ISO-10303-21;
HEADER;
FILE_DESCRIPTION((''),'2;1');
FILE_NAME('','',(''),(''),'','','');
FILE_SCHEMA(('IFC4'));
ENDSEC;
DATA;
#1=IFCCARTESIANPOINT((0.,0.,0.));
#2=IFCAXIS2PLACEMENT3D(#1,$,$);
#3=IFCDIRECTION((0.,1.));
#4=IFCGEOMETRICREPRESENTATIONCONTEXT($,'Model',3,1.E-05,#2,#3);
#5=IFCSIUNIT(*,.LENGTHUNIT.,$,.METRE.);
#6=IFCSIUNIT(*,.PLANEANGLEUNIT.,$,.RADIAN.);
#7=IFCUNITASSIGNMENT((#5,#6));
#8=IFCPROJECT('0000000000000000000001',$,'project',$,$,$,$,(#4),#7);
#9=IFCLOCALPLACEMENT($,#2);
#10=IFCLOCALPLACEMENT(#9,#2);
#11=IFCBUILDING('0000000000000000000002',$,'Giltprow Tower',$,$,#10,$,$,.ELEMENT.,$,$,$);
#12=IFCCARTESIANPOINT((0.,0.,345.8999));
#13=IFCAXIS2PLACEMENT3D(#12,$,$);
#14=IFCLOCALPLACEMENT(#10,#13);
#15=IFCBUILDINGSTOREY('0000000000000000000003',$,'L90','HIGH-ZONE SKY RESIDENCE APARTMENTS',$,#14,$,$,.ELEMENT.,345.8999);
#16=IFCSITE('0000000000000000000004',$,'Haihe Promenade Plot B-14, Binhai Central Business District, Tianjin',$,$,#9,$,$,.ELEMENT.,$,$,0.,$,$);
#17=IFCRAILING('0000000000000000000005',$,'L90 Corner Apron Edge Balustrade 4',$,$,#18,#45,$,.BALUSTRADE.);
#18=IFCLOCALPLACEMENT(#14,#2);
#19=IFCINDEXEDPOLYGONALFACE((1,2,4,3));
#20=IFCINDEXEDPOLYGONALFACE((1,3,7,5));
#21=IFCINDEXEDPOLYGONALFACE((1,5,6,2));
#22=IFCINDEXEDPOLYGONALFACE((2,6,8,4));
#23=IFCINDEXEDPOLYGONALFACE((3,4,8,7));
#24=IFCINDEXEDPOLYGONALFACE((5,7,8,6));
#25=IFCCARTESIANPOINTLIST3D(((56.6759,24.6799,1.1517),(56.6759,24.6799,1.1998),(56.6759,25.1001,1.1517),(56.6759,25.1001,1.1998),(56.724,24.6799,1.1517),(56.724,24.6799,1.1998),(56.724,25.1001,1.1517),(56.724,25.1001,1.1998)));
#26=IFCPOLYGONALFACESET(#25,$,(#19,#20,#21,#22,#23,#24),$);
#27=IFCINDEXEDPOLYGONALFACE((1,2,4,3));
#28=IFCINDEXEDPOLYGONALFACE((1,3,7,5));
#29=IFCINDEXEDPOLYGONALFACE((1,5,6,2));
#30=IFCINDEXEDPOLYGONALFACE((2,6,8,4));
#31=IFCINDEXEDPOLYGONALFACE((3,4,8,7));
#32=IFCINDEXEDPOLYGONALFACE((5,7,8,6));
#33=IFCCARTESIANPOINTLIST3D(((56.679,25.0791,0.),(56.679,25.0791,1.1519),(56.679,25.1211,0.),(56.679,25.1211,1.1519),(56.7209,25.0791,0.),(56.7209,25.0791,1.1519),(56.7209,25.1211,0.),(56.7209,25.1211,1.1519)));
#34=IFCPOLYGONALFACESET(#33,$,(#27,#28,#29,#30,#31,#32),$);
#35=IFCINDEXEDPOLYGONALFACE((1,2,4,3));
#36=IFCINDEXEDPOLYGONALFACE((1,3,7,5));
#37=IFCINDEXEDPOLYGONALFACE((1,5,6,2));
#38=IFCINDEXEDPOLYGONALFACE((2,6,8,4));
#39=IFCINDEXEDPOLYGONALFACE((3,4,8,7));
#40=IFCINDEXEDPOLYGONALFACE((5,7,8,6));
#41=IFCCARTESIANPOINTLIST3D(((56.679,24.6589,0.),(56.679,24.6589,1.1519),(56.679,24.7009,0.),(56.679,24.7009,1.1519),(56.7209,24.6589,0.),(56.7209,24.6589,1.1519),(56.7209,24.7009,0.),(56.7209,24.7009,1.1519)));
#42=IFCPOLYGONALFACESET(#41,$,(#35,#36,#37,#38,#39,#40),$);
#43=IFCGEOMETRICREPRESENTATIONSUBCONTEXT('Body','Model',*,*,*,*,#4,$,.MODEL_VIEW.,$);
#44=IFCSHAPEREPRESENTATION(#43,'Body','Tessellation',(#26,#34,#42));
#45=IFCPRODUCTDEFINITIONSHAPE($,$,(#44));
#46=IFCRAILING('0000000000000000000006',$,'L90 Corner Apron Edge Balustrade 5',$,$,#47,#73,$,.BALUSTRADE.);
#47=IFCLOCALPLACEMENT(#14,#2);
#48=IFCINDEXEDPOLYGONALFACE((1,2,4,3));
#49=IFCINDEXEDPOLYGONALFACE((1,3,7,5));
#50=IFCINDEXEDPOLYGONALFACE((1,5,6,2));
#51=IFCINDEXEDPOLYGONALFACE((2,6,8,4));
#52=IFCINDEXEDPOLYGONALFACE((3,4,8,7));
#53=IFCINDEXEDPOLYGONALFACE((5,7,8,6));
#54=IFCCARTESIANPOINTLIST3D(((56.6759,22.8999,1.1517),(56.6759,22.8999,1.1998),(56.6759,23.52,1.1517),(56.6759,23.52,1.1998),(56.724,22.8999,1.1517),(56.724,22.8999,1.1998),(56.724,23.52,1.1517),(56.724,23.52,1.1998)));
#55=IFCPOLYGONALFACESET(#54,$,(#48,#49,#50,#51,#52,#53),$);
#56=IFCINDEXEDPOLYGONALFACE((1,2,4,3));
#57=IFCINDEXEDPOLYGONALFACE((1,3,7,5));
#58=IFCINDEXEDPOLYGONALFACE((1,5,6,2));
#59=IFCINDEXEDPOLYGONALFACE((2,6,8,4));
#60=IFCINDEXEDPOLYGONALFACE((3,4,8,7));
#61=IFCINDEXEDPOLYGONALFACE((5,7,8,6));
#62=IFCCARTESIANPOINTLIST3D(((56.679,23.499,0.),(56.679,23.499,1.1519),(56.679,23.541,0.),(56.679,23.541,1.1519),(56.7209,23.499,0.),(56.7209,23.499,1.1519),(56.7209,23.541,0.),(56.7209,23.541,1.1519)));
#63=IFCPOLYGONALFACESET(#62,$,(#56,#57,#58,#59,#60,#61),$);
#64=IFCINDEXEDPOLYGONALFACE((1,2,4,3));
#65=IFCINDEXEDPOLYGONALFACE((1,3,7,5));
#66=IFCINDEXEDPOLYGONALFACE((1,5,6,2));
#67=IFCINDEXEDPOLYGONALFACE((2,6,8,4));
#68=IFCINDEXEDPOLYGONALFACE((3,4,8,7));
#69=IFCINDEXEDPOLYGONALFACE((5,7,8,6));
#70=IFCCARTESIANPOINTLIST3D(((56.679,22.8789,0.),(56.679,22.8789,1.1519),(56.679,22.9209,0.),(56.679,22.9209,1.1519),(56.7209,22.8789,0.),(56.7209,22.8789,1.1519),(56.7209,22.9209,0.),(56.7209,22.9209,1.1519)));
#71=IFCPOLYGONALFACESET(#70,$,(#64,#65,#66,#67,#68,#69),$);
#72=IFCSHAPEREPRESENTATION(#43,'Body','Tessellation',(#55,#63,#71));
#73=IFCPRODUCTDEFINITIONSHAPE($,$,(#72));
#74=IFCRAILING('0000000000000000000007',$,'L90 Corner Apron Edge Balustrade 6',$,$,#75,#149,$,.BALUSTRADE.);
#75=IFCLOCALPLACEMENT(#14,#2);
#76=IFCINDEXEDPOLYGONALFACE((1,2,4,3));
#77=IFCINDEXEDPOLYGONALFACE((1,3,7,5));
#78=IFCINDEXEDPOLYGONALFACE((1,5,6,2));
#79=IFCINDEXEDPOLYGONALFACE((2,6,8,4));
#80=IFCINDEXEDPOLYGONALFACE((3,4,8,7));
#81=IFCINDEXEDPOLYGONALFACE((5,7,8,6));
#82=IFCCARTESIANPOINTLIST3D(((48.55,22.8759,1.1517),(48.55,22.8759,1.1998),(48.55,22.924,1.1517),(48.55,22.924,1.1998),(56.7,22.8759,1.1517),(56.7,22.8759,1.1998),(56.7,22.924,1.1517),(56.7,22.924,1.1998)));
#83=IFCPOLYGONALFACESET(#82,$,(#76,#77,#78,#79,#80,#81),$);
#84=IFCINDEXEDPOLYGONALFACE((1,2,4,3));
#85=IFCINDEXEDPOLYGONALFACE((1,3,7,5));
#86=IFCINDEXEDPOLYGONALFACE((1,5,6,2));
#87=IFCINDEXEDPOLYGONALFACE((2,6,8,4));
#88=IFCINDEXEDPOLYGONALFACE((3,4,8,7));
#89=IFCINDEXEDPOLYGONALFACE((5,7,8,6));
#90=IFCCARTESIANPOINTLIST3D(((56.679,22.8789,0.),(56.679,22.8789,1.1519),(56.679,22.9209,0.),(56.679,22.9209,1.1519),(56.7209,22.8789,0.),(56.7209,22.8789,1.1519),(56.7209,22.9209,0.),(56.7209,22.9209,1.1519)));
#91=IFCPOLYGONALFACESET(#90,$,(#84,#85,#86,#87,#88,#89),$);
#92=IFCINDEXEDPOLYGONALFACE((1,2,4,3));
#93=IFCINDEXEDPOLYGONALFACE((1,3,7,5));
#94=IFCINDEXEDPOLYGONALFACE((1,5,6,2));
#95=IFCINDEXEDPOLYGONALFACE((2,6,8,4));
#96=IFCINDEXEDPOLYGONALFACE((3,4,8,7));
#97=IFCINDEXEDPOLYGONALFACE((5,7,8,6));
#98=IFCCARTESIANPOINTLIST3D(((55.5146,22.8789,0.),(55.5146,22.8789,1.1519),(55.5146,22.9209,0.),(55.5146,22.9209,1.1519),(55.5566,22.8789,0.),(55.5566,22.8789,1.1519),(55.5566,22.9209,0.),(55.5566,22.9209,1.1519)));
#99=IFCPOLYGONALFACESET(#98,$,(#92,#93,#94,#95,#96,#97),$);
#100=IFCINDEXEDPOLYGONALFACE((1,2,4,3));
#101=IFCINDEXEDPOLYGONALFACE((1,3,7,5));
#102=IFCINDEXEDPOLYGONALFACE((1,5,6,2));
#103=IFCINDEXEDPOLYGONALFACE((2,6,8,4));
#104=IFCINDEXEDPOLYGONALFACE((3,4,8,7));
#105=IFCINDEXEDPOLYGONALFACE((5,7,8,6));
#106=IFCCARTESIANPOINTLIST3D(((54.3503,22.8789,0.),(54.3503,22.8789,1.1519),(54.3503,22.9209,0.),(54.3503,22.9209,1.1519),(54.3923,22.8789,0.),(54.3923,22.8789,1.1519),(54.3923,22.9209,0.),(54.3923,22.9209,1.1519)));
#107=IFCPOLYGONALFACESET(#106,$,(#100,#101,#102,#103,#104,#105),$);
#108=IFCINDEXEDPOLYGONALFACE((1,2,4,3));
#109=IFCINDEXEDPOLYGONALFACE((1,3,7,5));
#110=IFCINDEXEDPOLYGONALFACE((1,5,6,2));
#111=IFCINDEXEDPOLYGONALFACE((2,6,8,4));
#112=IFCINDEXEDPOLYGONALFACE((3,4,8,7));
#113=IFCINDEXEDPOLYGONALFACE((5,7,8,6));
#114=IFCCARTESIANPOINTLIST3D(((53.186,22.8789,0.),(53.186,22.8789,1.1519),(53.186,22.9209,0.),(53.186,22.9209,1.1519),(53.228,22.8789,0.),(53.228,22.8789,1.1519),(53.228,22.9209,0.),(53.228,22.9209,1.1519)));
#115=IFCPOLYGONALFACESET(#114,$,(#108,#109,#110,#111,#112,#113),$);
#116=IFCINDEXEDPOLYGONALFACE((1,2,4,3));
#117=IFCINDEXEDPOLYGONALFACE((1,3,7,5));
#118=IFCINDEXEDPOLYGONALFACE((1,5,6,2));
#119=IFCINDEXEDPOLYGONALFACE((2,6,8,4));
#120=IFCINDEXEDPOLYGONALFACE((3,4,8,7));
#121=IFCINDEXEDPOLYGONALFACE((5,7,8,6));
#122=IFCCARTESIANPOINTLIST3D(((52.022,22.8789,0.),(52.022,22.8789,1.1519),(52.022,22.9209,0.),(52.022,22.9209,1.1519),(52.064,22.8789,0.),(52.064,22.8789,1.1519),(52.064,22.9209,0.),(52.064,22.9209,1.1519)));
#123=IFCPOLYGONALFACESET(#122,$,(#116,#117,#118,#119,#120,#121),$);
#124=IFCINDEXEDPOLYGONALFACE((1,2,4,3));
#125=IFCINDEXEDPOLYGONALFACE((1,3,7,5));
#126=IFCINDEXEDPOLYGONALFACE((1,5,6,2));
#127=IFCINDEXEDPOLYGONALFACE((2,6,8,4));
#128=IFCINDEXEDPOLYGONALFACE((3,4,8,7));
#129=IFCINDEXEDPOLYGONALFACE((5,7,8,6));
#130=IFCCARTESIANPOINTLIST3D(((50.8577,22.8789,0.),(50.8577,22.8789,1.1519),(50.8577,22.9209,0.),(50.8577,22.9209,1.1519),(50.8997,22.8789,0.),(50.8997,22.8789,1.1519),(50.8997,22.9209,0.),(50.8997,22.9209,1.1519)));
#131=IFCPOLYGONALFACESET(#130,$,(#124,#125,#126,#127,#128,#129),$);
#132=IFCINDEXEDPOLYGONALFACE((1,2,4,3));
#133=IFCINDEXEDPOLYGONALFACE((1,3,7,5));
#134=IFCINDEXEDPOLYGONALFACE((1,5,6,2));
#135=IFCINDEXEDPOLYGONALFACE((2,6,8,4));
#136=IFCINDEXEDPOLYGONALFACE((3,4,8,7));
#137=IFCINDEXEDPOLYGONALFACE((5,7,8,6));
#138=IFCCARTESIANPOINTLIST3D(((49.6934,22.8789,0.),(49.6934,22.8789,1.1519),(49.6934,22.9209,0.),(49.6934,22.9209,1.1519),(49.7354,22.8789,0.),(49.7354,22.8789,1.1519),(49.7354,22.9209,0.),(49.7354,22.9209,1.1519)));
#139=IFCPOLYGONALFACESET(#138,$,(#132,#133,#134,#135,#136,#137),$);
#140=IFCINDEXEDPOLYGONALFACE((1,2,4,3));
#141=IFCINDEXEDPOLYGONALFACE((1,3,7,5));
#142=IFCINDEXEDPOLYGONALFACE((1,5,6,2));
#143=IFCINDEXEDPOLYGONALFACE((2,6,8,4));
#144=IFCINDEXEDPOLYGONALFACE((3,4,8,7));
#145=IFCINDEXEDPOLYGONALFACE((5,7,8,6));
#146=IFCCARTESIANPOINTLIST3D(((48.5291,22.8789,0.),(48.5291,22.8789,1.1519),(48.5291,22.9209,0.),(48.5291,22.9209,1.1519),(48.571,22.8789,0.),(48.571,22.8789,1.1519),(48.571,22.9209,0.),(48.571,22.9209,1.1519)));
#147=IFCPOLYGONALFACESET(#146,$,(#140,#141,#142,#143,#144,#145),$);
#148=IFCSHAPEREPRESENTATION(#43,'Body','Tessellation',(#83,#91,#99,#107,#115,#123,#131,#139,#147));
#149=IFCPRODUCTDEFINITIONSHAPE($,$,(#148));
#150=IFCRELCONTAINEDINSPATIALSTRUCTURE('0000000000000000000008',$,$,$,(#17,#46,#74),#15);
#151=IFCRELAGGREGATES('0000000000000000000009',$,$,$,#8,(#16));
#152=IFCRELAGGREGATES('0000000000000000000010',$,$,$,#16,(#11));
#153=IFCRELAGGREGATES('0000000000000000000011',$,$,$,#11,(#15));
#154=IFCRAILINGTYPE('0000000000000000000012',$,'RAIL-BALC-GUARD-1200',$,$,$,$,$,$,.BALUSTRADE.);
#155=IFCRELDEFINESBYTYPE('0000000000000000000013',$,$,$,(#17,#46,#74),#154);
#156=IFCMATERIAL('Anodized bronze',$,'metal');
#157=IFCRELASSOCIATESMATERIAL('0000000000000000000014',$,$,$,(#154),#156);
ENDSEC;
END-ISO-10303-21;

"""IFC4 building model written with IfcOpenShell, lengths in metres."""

from ifc_helpers import new_model, si_unit, direction, frame, origin, origin_2d, place, context, subcontext, project, spatial, rectangle, extrude, material, type_object, element, save


model = new_model("IFC4")

# Units and contexts
model_context = context("Model", 3, precision=1e-05, world=origin(), true_north=direction((0.0, 1.0)))
body_context = subcontext(model_context, "Body", "Model", "MODEL_VIEW")
ifc_project = project(units=[si_unit("LENGTHUNIT", "METRE"), si_unit("PLANEANGLEUNIT", "RADIAN")], contexts=[model_context])

# Site, building, storey
site_placement = place(None, origin())
site = spatial("IfcSite", under=ifc_project, at=site_placement, Name="Haihe Promenade Plot B-14, Binhai Central Business District, Tianjin", CompositionType="ELEMENT", RefElevation=0.0)
building_placement = place(site_placement, origin())
building = spatial("IfcBuilding", under=site, at=building_placement, Name="Giltprow Tower", CompositionType="ELEMENT")
storey_placement = place(building_placement, frame((0.0, 0.0, 345.8999)))
storey = spatial("IfcBuildingStorey", under=building, at=storey_placement, Name="L90", Description="HIGH-ZONE SKY RESIDENCE APARTMENTS", CompositionType="ELEMENT", Elevation=345.8999)

# Shared definitions
ifc_material_1 = material(Name="Anodized bronze", Category="metal")

# Railings
railing_type = type_object("IfcRailingType", Name="RAIL-BALC-GUARD-1200", PredefinedType="BALUSTRADE", material=ifc_material_1)
railing_1_placement = place(storey_placement, frame((56.7, 25.1001, 0.0)))
element("IfcRailing", 1, at=railing_1_placement, inside=storey, type_object=railing_type, Name="L90 Corner Apron Edge Balustrade 4", PredefinedType="BALUSTRADE", context=body_context, shape_type="SweptSolid", body=[
    extrude(rectangle(XDim=0.0481, YDim=0.0481, at=origin_2d()), frame((0.0, 0.0, 1.1758), z_axis=(0.0, -1.0, 0.0), x_axis=(1.0, 0.0, 0.0)), (0.0, 0.0, 1.0), 0.4202),
    extrude(rectangle(XDim=0.042, YDim=0.042, at=origin_2d()), origin(), (0.0, 0.0, 1.0), 1.1519),
    extrude(rectangle(XDim=0.042, YDim=0.042, at=origin_2d()), frame((0.0, -0.4202, 0.0)), (0.0, 0.0, 1.0), 1.1519),
])
railing_2_placement = place(storey_placement, frame((56.7, 23.52, 0.0)))
element("IfcRailing", 2, at=railing_2_placement, inside=storey, type_object=railing_type, Name="L90 Corner Apron Edge Balustrade 5", PredefinedType="BALUSTRADE", context=body_context, shape_type="SweptSolid", body=[
    extrude(rectangle(XDim=0.0481, YDim=0.0481, at=origin_2d()), frame((0.0, 0.0, 1.1758), z_axis=(0.0, -1.0, 0.0), x_axis=(1.0, 0.0, 0.0)), (0.0, 0.0, 1.0), 0.6201),
    extrude(rectangle(XDim=0.042, YDim=0.042, at=origin_2d()), origin(), (0.0, 0.0, 1.0), 1.1519),
    extrude(rectangle(XDim=0.042, YDim=0.042, at=origin_2d()), frame((0.0, -0.6201, 0.0)), (0.0, 0.0, 1.0), 1.1519),
])
railing_3_placement = place(storey_placement, frame((56.7, 22.8999, 0.0)))
element("IfcRailing", 3, at=railing_3_placement, inside=storey, type_object=railing_type, Name="L90 Corner Apron Edge Balustrade 6", PredefinedType="BALUSTRADE", context=body_context, shape_type="SweptSolid", body=[
    extrude(rectangle(XDim=0.0481, YDim=0.0481, at=origin_2d()), frame((0.0, 0.0, 1.1758), z_axis=(-1.0, 0.0, 0.0), x_axis=(0.0, -1.0, 0.0)), (0.0, 0.0, 1.0), 8.1499),
    extrude(rectangle(XDim=0.042, YDim=0.042, at=origin_2d()), origin(), (0.0, 0.0, 1.0), 1.1519),
    extrude(rectangle(XDim=0.042, YDim=0.042, at=origin_2d()), frame((-1.1643, 0.0, 0.0)), (0.0, 0.0, 1.0), 1.1519),
    extrude(rectangle(XDim=0.042, YDim=0.042, at=origin_2d()), frame((-2.3286, 0.0, 0.0)), (0.0, 0.0, 1.0), 1.1519),
    extrude(rectangle(XDim=0.042, YDim=0.042, at=origin_2d()), frame((-3.4929, 0.0, 0.0)), (0.0, 0.0, 1.0), 1.1519),
    extrude(rectangle(XDim=0.042, YDim=0.042, at=origin_2d()), frame((-4.657, 0.0, 0.0)), (0.0, 0.0, 1.0), 1.1519),
    extrude(rectangle(XDim=0.042, YDim=0.042, at=origin_2d()), frame((-5.8213, 0.0, 0.0)), (0.0, 0.0, 1.0), 1.1519),
    extrude(rectangle(XDim=0.042, YDim=0.042, at=origin_2d()), frame((-6.9856, 0.0, 0.0)), (0.0, 0.0, 1.0), 1.1519),
    extrude(rectangle(XDim=0.042, YDim=0.042, at=origin_2d()), frame((-8.1499, 0.0, 0.0)), (0.0, 0.0, 1.0), 1.1519),
])

save(model, "model.ifc")
